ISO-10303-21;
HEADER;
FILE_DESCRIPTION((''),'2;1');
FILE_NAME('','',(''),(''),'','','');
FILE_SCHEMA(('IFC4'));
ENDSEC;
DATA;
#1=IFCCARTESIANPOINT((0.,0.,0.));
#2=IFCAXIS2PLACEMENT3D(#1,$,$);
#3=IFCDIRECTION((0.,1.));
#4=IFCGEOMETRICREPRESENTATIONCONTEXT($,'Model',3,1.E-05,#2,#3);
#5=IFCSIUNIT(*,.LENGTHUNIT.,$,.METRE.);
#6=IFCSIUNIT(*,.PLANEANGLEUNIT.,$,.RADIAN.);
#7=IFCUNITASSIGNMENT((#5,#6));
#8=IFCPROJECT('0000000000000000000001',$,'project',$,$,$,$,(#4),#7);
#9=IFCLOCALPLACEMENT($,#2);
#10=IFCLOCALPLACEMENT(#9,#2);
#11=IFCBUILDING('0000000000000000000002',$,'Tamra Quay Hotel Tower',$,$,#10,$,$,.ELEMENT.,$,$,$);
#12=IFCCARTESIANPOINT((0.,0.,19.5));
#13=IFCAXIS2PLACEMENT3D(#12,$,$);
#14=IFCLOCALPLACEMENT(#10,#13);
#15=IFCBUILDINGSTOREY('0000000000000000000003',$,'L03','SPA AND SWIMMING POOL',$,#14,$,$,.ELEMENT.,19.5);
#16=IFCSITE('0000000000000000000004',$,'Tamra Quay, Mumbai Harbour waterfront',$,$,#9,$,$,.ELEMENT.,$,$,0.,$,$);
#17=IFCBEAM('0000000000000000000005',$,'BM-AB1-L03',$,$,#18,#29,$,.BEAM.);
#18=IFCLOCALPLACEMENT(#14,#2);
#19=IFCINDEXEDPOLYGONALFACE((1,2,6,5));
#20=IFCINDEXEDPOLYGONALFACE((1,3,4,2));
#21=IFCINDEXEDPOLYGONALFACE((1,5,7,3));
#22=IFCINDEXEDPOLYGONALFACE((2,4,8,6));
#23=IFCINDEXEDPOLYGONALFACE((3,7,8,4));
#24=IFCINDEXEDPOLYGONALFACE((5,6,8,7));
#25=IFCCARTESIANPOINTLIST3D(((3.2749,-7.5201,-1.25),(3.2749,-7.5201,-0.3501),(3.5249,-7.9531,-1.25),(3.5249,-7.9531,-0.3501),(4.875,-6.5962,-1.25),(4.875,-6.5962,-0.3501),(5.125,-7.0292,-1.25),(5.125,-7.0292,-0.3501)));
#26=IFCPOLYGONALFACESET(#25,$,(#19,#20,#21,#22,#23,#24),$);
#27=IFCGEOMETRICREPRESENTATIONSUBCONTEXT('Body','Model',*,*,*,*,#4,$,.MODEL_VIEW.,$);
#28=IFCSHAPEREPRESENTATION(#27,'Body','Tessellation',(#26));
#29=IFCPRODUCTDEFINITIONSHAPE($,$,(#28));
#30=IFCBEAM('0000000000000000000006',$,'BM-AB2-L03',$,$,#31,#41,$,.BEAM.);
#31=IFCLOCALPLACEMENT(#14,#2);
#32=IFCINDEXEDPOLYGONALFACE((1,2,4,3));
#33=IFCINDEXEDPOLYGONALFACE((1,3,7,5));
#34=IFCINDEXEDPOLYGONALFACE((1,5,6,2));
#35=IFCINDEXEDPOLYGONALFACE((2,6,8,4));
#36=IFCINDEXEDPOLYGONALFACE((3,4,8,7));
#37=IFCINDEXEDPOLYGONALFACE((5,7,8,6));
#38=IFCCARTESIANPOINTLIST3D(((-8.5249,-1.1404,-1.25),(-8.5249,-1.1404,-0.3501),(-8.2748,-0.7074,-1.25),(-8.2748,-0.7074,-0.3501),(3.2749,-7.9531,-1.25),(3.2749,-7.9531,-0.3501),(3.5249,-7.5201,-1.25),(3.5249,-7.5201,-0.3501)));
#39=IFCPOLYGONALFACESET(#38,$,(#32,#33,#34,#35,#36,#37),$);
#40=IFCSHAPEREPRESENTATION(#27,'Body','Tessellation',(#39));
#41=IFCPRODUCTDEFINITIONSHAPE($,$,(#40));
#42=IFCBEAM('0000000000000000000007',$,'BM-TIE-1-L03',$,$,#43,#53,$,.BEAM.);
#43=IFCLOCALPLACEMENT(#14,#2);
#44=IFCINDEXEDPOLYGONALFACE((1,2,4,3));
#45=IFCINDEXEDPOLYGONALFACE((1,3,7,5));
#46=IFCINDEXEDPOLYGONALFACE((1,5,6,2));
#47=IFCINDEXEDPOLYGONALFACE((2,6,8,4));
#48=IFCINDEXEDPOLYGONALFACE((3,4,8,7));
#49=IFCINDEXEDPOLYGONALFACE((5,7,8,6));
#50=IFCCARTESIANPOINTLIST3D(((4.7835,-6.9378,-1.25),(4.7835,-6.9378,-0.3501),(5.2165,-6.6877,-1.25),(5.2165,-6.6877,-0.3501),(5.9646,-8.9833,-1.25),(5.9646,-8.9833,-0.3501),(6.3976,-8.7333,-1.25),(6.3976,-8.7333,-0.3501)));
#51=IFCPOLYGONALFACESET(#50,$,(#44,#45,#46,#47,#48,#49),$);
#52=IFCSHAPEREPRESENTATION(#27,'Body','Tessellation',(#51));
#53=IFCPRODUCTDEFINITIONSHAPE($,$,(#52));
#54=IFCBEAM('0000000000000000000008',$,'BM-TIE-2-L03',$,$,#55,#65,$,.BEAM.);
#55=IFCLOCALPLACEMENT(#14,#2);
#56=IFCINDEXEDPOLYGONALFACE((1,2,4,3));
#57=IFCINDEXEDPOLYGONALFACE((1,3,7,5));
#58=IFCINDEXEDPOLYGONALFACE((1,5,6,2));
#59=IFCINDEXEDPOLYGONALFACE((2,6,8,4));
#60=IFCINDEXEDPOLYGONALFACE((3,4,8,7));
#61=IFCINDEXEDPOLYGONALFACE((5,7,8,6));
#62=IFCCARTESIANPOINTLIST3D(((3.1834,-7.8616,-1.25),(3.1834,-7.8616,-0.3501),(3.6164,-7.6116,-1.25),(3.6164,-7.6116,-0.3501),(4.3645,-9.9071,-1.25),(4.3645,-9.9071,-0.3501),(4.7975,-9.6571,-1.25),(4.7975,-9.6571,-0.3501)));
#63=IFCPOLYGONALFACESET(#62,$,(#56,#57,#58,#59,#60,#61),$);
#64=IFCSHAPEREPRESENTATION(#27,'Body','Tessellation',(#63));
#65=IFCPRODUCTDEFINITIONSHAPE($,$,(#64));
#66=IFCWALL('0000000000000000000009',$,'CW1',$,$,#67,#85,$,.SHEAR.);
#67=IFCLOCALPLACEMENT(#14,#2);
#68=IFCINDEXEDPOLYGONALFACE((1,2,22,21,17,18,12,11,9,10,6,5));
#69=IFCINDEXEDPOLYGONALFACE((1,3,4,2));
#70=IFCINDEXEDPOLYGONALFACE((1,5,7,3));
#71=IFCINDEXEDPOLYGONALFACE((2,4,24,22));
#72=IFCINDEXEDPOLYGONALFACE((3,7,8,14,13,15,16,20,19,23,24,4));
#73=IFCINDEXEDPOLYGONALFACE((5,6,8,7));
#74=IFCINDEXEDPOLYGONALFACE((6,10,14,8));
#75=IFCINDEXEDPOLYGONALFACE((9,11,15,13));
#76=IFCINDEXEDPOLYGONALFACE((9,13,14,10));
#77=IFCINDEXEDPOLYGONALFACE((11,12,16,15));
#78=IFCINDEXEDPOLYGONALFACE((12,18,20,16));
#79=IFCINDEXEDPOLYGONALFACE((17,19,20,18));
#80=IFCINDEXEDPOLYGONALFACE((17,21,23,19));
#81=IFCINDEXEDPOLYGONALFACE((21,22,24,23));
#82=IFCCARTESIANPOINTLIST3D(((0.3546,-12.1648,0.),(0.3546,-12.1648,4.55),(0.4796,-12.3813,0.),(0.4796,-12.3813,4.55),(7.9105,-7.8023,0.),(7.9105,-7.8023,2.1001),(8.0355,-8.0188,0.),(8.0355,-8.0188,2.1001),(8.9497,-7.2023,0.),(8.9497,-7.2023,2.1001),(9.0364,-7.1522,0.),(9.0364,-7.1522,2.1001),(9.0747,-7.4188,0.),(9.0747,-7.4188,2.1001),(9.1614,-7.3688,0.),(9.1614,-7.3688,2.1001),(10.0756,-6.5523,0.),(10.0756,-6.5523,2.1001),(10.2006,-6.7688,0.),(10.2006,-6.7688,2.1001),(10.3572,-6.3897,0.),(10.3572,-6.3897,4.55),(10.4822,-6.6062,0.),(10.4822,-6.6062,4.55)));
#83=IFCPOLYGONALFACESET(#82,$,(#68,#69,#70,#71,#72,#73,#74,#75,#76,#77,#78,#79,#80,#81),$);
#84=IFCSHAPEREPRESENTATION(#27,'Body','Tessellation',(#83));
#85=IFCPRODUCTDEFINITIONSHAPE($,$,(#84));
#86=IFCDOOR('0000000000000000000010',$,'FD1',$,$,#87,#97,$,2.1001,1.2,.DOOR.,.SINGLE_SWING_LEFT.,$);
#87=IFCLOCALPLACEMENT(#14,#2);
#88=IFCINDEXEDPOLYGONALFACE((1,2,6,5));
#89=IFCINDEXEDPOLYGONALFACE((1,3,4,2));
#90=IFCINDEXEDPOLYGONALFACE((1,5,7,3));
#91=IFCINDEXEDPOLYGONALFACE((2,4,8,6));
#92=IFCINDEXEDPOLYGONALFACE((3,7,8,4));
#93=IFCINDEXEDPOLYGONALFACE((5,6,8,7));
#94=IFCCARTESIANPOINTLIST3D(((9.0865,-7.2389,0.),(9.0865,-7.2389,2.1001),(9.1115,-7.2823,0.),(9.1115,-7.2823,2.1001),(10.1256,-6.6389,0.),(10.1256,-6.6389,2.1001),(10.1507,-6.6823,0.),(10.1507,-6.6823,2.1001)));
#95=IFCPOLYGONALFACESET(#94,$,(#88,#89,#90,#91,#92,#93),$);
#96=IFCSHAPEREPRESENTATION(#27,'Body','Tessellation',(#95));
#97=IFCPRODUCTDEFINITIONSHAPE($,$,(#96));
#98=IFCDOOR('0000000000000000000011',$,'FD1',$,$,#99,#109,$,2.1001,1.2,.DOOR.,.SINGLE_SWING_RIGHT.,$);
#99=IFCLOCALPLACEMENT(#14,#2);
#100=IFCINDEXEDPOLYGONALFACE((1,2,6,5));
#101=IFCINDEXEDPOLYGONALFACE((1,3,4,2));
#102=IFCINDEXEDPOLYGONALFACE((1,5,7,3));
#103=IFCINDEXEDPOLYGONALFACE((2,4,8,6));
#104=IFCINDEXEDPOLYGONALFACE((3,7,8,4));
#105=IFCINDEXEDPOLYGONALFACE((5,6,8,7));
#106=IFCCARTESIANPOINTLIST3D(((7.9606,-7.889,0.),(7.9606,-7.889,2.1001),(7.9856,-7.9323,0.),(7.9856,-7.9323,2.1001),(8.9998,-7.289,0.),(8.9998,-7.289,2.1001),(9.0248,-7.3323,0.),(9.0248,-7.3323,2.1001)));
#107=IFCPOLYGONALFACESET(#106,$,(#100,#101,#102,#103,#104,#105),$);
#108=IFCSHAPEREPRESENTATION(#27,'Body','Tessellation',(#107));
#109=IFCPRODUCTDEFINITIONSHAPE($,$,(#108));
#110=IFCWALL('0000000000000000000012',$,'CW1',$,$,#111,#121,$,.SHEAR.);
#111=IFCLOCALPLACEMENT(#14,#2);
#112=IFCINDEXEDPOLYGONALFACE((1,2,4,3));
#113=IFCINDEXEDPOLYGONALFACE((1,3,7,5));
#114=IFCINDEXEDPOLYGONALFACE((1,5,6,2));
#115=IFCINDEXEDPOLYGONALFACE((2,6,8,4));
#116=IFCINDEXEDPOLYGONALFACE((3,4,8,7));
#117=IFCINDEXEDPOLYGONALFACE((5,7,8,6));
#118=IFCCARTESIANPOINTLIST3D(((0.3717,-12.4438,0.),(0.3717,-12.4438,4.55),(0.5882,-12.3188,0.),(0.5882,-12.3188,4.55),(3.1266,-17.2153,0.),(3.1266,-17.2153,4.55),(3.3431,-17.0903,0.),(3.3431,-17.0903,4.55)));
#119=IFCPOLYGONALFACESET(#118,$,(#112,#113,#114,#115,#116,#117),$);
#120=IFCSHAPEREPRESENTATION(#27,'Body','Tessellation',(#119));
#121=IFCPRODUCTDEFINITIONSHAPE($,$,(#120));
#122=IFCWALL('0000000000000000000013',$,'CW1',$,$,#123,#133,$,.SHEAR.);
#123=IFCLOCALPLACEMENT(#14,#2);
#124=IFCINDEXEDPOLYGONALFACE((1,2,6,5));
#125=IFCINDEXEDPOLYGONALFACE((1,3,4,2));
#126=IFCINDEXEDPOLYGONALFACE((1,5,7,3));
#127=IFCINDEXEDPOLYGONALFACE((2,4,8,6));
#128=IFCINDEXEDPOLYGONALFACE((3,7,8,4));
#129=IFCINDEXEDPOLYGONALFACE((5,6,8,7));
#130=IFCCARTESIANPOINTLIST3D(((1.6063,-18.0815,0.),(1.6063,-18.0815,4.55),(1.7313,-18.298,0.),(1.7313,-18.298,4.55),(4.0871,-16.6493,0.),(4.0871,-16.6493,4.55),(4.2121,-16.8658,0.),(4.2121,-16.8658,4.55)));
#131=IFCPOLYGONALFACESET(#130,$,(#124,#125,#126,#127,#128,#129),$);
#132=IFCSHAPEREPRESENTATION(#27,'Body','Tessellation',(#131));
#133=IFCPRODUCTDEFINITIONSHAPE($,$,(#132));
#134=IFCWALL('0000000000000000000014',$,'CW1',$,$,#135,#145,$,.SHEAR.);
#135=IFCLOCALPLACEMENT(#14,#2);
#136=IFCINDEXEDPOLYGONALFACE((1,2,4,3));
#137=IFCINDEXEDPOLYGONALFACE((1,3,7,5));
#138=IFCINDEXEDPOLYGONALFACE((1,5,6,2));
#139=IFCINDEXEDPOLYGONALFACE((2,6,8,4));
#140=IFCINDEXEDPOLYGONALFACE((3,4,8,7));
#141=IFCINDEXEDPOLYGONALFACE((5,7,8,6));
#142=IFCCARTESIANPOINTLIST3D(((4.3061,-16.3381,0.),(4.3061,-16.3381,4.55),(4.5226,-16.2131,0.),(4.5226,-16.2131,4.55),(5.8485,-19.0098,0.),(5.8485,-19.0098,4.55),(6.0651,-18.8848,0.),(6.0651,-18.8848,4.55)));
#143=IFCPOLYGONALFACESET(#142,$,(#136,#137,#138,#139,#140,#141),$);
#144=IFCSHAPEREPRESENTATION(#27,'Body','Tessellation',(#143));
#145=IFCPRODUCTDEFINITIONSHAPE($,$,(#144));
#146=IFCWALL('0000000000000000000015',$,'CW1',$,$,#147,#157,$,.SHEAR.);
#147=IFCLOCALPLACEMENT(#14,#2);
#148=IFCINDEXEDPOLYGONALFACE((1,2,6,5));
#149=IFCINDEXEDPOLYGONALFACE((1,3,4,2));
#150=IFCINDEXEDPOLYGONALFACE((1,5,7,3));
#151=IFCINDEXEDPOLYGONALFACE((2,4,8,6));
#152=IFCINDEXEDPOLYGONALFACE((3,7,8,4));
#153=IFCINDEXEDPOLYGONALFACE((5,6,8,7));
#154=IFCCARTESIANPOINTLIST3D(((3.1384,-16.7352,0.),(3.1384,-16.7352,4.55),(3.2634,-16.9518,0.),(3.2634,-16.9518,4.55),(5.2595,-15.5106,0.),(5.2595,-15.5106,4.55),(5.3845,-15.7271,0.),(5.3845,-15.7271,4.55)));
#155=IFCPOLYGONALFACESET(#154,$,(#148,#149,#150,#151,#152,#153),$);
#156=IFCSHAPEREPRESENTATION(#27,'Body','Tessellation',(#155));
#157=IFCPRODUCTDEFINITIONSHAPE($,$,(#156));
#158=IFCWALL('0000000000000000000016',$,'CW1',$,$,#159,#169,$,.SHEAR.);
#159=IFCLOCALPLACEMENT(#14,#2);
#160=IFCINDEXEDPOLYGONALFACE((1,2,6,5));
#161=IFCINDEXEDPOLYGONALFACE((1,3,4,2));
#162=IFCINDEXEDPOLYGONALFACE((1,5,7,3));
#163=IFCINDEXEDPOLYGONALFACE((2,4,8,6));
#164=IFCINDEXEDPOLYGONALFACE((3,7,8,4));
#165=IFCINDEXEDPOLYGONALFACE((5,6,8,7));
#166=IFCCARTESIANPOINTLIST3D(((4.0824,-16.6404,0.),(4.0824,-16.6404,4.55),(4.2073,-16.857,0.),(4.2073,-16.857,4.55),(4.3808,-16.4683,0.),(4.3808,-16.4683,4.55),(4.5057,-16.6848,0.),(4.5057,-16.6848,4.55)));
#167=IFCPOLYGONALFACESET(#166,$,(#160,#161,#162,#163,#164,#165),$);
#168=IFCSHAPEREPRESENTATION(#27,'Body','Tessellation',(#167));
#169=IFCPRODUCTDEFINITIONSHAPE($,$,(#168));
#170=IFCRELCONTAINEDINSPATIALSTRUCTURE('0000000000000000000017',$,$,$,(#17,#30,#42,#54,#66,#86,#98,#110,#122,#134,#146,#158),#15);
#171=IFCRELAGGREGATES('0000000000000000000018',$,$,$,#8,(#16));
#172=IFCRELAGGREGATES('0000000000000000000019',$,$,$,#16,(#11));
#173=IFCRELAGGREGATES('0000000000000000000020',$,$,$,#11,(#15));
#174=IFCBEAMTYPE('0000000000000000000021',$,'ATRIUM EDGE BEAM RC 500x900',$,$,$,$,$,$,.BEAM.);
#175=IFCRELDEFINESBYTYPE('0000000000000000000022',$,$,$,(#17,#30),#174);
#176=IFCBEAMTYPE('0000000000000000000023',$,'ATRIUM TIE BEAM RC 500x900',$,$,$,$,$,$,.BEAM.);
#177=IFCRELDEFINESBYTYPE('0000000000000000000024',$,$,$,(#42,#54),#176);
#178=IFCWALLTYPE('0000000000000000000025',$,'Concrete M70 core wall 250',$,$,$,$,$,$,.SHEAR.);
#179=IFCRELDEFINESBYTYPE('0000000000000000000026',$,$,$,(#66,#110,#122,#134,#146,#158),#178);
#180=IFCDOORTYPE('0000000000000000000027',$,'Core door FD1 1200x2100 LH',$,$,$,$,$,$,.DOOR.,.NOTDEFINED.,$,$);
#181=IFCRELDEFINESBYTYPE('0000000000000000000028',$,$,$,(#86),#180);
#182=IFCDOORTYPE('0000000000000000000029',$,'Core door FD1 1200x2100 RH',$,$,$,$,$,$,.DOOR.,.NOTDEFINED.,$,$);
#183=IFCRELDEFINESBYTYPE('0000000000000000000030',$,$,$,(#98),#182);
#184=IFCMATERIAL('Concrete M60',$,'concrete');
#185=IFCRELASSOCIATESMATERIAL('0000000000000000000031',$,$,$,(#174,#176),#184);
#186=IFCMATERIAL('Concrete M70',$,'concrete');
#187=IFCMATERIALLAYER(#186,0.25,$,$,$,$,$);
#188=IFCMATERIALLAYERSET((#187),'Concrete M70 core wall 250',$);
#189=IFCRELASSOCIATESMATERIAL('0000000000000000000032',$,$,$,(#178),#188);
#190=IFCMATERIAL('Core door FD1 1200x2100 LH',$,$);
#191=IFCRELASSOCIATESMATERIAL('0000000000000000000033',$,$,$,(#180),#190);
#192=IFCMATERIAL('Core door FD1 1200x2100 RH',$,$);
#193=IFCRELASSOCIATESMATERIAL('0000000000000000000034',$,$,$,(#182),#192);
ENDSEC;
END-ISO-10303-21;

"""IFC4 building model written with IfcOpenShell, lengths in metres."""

from ifc_helpers import new_model, si_unit, direction, frame, frame_2d, origin, origin_2d, place, context, subcontext, project, spatial, rectangle, extrude, material, layer, layer_set, material_profile, profile_set, type_object, element, fill, save


model = new_model("IFC4")

# Units and contexts
model_context = context("Model", 3, precision=1e-05, world=origin(), true_north=direction((0.0, 1.0)))
body_context = subcontext(model_context, "Body", "Model", "MODEL_VIEW")
ifc_project = project(units=[si_unit("LENGTHUNIT", "METRE"), si_unit("PLANEANGLEUNIT", "RADIAN")], contexts=[model_context])

# Site, building, storey
site_placement = place(None, origin())
site = spatial("IfcSite", under=ifc_project, at=site_placement, Name="Tamra Quay, Mumbai Harbour waterfront", CompositionType="ELEMENT", RefElevation=0.0)
building_placement = place(site_placement, origin())
building = spatial("IfcBuilding", under=site, at=building_placement, Name="Tamra Quay Hotel Tower", CompositionType="ELEMENT")
storey_placement = place(building_placement, frame((0.0, 0.0, 19.5)))
storey = spatial("IfcBuildingStorey", under=building, at=storey_placement, Name="L03", Description="SPA AND SWIMMING POOL", CompositionType="ELEMENT", Elevation=19.5)

# Beams
ifc_material_1 = material(Name="Concrete M60", Category="concrete")
ifc_material_profile_1 = material_profile(ifc_material_1, rectangle(XDim=0.5, YDim=0.8999, at=origin_2d()), Name="ATRIUM EDGE BEAM RC 500x900")
ifc_profile_set_1 = profile_set([ifc_material_profile_1], Name="Concrete M60")
beam_type_1 = type_object("IfcBeamType", Name="ATRIUM EDGE BEAM RC 500x900", PredefinedType="BEAM", material=ifc_profile_set_1)
beam_1_placement = place(storey_placement, frame((5.0, -6.8127, -0.8), z_axis=(-0.866023, -0.500005, 0.0), x_axis=(0.500005, -0.866023, 0.0)))
element("IfcBeam", 1, at=beam_1_placement, inside=storey, type_object=beam_type_1, Name="BM-AB1-L03", PredefinedType="BEAM", context=body_context, shape_type="SweptSolid", body=[
    extrude(rectangle(XDim=0.5, YDim=0.8999, at=origin_2d()), origin(), (0.0, 0.0, 1.0), 1.8477),
])
beam_2_placement = place(storey_placement, frame((3.3999, -7.7366, -0.8), z_axis=(-0.866021, 0.500007, 0.0), x_axis=(-0.500007, -0.866021, 0.0)))
element("IfcBeam", 2, at=beam_2_placement, inside=storey, type_object=beam_type_1, Name="BM-AB2-L03", PredefinedType="BEAM", context=body_context, shape_type="SweptSolid", body=[
    extrude(rectangle(XDim=0.5, YDim=0.8999, at=origin_2d()), origin(), (0.0, 0.0, 1.0), 13.6252),
])
ifc_material_profile_2 = material_profile(ifc_material_1, rectangle(XDim=0.5, YDim=0.8999, at=origin_2d()), Name="ATRIUM TIE BEAM RC 500x900")
ifc_profile_set_2 = profile_set([ifc_material_profile_2], Name="Concrete M60")
beam_type_2 = type_object("IfcBeamType", Name="ATRIUM TIE BEAM RC 500x900", PredefinedType="BEAM", material=ifc_profile_set_2)
for number, where, z_axis, x_axis, name in (
    (3, (5.0, -6.8127, -0.8), (0.50003, -0.866008, 0.0), (0.866008, 0.50003, 0.0), "BM-TIE-1-L03"),
    (4, (3.3999, -7.7366, -0.8), (0.50003, -0.866008, 0.0), (0.866008, 0.50003, 0.0), "BM-TIE-2-L03"),
):
    element("IfcBeam", number, at=place(storey_placement, frame(where, z_axis=z_axis, x_axis=x_axis)), inside=storey, type_object=beam_type_2, Name=name, PredefinedType="BEAM", context=body_context, shape_type="SweptSolid", body=[
        extrude(rectangle(XDim=0.5, YDim=0.8999, at=origin_2d()), origin(), (0.0, 0.0, 1.0), 2.3621),
    ])

# Wall, openings, doors
ifc_material_2 = material(Name="Concrete M70", Category="concrete")
ifc_layer_1 = layer(ifc_material_2, 0.25)
ifc_layer_set_1 = layer_set([ifc_layer_1], Name="Concrete M70 core wall 250")
wall_type_1 = type_object("IfcWallType", Name="Concrete M70 core wall 250", PredefinedType="SHEAR", material=ifc_layer_set_1)
wall_1_placement = place(storey_placement, frame((0.4172, -12.2729, 0.0), z_axis=(0.0, 0.0, 1.0), x_axis=(0.866022, 0.500006, 0.0)))
wall_1 = element("IfcWall", 5, at=wall_1_placement, inside=storey, type_object=wall_type_1, Name="CW1", PredefinedType="SHEAR", context=body_context, shape_type="SweptSolid", body=[
    extrude(rectangle(XDim=11.55, YDim=0.25, at=frame_2d((5.7749, 0.0))), origin(), (0.0, 0.0, 1.0), 4.55),
])
opening_1_placement = place(wall_1_placement, frame((10.0247, 0.0, 0.0)))
opening_1 = element("IfcOpeningElement", 6, at=opening_1_placement, cuts=wall_1, PredefinedType="OPENING", context=body_context, shape_type="SweptSolid", body=[
    extrude(rectangle(XDim=1.2, YDim=2.1001, at=frame_2d((0.6001, 1.05))), frame((0.0, 0.135, 0.0), z_axis=(0.0, -1.0, 0.0), x_axis=(1.0, 0.0, 0.0)), (0.0, 0.0, 1.0), 0.27),
])
opening_2_placement = place(wall_1_placement, frame((8.7246, 0.0, 0.0)))
opening_2 = element("IfcOpeningElement", 7, at=opening_2_placement, cuts=wall_1, PredefinedType="OPENING", context=body_context, shape_type="SweptSolid", body=[
    extrude(rectangle(XDim=1.2, YDim=2.1001, at=frame_2d((0.6001, 1.05))), frame((0.0, 0.135, 0.0), z_axis=(0.0, -1.0, 0.0), x_axis=(1.0, 0.0, 0.0)), (0.0, 0.0, 1.0), 0.27),
])
ifc_material_3 = material(Name="Core door FD1 1200x2100 LH")
door_type_1 = type_object("IfcDoorType", Name="Core door FD1 1200x2100 LH", OperationType="NOTDEFINED", PredefinedType="DOOR", material=ifc_material_3)
door_1_placement = place(opening_1_placement, origin())
door_1 = element("IfcDoor", 8, at=door_1_placement, inside=storey, type_object=door_type_1, Name="FD1", OperationType="SINGLE_SWING_LEFT", OverallHeight=2.1001, OverallWidth=1.2, PredefinedType="DOOR", context=body_context, shape_type="SweptSolid", body=[
    extrude(rectangle(XDim=1.2, YDim=2.1001, at=frame_2d((0.6001, 1.05))), frame((0.0, 0.0249, 0.0), z_axis=(0.0, -1.0, 0.0), x_axis=(1.0, 0.0, 0.0)), (0.0, 0.0, 1.0), 0.05),
])
fill(opening_1, door_1)
ifc_material_4 = material(Name="Core door FD1 1200x2100 RH")
door_type_2 = type_object("IfcDoorType", Name="Core door FD1 1200x2100 RH", OperationType="NOTDEFINED", PredefinedType="DOOR", material=ifc_material_4)
door_2_placement = place(opening_2_placement, origin())
door_2 = element("IfcDoor", 9, at=door_2_placement, inside=storey, type_object=door_type_2, Name="FD1", OperationType="SINGLE_SWING_RIGHT", OverallHeight=2.1001, OverallWidth=1.2, PredefinedType="DOOR", context=body_context, shape_type="SweptSolid", body=[
    extrude(rectangle(XDim=1.2, YDim=2.1001, at=frame_2d((0.6001, 1.05))), frame((0.0, 0.0249, 0.0), z_axis=(0.0, -1.0, 0.0), x_axis=(1.0, 0.0, 0.0)), (0.0, 0.0, 1.0), 0.05),
])
fill(opening_2, door_2)

# Walls
wall_2_placement = place(storey_placement, frame((3.2349, -17.1528, 0.0), z_axis=(0.0, 0.0, 1.0), x_axis=(-0.500009, 0.86602, 0.0)))
element("IfcWall", 10, at=wall_2_placement, inside=storey, type_object=wall_type_1, Name="CW1", PredefinedType="SHEAR", context=body_context, shape_type="SweptSolid", body=[
    extrude(rectangle(XDim=5.5098, YDim=0.25, at=frame_2d((2.7549, 0.0))), origin(), (0.0, 0.0, 1.0), 4.55),
])
wall_3_placement = place(storey_placement, frame((1.6689, -18.1897, 0.0), z_axis=(0.0, 0.0, 1.0), x_axis=(0.866042, 0.499971, 0.0)))
element("IfcWall", 11, at=wall_3_placement, inside=storey, type_object=wall_type_1, Name="CW1", PredefinedType="SHEAR", context=body_context, shape_type="SweptSolid", body=[
    extrude(rectangle(XDim=2.8645, YDim=0.25, at=frame_2d((1.4321, 0.0))), origin(), (0.0, 0.0, 1.0), 4.55),
])
wall_4_placement = place(storey_placement, frame((4.4143, -16.2756, 0.0), z_axis=(0.0, 0.0, 1.0), x_axis=(0.500003, -0.866023, 0.0)))
element("IfcWall", 12, at=wall_4_placement, inside=storey, type_object=wall_type_1, Name="CW1", PredefinedType="SHEAR", context=body_context, shape_type="SweptSolid", body=[
    extrude(rectangle(XDim=3.085, YDim=0.25, at=frame_2d((1.5425, 0.0))), origin(), (0.0, 0.0, 1.0), 4.55),
])
wall_5_placement = place(storey_placement, frame((5.322, -15.6189, 0.0), z_axis=(0.0, 0.0, 1.0), x_axis=(-0.866026, -0.499999, 0.0)))
element("IfcWall", 13, at=wall_5_placement, inside=storey, type_object=wall_type_1, Name="CW1", PredefinedType="SHEAR", context=body_context, shape_type="SweptSolid", body=[
    extrude(rectangle(XDim=2.4492, YDim=0.25, at=frame_2d((1.2246, 0.0))), origin(), (0.0, 0.0, 1.0), 4.55),
])
wall_6_placement = place(storey_placement, frame((4.1448, -16.7488, 0.0), z_axis=(0.0, 0.0, 1.0), x_axis=(0.866186, 0.499722, 0.0)))
element("IfcWall", 14, at=wall_6_placement, inside=storey, type_object=wall_type_1, Name="CW1", PredefinedType="SHEAR", context=body_context, shape_type="SweptSolid", body=[
    extrude(rectangle(XDim=0.3445, YDim=0.25, at=frame_2d((0.1724, 0.0))), origin(), (0.0, 0.0, 1.0), 4.55),
])

save(model, "model.ifc")
